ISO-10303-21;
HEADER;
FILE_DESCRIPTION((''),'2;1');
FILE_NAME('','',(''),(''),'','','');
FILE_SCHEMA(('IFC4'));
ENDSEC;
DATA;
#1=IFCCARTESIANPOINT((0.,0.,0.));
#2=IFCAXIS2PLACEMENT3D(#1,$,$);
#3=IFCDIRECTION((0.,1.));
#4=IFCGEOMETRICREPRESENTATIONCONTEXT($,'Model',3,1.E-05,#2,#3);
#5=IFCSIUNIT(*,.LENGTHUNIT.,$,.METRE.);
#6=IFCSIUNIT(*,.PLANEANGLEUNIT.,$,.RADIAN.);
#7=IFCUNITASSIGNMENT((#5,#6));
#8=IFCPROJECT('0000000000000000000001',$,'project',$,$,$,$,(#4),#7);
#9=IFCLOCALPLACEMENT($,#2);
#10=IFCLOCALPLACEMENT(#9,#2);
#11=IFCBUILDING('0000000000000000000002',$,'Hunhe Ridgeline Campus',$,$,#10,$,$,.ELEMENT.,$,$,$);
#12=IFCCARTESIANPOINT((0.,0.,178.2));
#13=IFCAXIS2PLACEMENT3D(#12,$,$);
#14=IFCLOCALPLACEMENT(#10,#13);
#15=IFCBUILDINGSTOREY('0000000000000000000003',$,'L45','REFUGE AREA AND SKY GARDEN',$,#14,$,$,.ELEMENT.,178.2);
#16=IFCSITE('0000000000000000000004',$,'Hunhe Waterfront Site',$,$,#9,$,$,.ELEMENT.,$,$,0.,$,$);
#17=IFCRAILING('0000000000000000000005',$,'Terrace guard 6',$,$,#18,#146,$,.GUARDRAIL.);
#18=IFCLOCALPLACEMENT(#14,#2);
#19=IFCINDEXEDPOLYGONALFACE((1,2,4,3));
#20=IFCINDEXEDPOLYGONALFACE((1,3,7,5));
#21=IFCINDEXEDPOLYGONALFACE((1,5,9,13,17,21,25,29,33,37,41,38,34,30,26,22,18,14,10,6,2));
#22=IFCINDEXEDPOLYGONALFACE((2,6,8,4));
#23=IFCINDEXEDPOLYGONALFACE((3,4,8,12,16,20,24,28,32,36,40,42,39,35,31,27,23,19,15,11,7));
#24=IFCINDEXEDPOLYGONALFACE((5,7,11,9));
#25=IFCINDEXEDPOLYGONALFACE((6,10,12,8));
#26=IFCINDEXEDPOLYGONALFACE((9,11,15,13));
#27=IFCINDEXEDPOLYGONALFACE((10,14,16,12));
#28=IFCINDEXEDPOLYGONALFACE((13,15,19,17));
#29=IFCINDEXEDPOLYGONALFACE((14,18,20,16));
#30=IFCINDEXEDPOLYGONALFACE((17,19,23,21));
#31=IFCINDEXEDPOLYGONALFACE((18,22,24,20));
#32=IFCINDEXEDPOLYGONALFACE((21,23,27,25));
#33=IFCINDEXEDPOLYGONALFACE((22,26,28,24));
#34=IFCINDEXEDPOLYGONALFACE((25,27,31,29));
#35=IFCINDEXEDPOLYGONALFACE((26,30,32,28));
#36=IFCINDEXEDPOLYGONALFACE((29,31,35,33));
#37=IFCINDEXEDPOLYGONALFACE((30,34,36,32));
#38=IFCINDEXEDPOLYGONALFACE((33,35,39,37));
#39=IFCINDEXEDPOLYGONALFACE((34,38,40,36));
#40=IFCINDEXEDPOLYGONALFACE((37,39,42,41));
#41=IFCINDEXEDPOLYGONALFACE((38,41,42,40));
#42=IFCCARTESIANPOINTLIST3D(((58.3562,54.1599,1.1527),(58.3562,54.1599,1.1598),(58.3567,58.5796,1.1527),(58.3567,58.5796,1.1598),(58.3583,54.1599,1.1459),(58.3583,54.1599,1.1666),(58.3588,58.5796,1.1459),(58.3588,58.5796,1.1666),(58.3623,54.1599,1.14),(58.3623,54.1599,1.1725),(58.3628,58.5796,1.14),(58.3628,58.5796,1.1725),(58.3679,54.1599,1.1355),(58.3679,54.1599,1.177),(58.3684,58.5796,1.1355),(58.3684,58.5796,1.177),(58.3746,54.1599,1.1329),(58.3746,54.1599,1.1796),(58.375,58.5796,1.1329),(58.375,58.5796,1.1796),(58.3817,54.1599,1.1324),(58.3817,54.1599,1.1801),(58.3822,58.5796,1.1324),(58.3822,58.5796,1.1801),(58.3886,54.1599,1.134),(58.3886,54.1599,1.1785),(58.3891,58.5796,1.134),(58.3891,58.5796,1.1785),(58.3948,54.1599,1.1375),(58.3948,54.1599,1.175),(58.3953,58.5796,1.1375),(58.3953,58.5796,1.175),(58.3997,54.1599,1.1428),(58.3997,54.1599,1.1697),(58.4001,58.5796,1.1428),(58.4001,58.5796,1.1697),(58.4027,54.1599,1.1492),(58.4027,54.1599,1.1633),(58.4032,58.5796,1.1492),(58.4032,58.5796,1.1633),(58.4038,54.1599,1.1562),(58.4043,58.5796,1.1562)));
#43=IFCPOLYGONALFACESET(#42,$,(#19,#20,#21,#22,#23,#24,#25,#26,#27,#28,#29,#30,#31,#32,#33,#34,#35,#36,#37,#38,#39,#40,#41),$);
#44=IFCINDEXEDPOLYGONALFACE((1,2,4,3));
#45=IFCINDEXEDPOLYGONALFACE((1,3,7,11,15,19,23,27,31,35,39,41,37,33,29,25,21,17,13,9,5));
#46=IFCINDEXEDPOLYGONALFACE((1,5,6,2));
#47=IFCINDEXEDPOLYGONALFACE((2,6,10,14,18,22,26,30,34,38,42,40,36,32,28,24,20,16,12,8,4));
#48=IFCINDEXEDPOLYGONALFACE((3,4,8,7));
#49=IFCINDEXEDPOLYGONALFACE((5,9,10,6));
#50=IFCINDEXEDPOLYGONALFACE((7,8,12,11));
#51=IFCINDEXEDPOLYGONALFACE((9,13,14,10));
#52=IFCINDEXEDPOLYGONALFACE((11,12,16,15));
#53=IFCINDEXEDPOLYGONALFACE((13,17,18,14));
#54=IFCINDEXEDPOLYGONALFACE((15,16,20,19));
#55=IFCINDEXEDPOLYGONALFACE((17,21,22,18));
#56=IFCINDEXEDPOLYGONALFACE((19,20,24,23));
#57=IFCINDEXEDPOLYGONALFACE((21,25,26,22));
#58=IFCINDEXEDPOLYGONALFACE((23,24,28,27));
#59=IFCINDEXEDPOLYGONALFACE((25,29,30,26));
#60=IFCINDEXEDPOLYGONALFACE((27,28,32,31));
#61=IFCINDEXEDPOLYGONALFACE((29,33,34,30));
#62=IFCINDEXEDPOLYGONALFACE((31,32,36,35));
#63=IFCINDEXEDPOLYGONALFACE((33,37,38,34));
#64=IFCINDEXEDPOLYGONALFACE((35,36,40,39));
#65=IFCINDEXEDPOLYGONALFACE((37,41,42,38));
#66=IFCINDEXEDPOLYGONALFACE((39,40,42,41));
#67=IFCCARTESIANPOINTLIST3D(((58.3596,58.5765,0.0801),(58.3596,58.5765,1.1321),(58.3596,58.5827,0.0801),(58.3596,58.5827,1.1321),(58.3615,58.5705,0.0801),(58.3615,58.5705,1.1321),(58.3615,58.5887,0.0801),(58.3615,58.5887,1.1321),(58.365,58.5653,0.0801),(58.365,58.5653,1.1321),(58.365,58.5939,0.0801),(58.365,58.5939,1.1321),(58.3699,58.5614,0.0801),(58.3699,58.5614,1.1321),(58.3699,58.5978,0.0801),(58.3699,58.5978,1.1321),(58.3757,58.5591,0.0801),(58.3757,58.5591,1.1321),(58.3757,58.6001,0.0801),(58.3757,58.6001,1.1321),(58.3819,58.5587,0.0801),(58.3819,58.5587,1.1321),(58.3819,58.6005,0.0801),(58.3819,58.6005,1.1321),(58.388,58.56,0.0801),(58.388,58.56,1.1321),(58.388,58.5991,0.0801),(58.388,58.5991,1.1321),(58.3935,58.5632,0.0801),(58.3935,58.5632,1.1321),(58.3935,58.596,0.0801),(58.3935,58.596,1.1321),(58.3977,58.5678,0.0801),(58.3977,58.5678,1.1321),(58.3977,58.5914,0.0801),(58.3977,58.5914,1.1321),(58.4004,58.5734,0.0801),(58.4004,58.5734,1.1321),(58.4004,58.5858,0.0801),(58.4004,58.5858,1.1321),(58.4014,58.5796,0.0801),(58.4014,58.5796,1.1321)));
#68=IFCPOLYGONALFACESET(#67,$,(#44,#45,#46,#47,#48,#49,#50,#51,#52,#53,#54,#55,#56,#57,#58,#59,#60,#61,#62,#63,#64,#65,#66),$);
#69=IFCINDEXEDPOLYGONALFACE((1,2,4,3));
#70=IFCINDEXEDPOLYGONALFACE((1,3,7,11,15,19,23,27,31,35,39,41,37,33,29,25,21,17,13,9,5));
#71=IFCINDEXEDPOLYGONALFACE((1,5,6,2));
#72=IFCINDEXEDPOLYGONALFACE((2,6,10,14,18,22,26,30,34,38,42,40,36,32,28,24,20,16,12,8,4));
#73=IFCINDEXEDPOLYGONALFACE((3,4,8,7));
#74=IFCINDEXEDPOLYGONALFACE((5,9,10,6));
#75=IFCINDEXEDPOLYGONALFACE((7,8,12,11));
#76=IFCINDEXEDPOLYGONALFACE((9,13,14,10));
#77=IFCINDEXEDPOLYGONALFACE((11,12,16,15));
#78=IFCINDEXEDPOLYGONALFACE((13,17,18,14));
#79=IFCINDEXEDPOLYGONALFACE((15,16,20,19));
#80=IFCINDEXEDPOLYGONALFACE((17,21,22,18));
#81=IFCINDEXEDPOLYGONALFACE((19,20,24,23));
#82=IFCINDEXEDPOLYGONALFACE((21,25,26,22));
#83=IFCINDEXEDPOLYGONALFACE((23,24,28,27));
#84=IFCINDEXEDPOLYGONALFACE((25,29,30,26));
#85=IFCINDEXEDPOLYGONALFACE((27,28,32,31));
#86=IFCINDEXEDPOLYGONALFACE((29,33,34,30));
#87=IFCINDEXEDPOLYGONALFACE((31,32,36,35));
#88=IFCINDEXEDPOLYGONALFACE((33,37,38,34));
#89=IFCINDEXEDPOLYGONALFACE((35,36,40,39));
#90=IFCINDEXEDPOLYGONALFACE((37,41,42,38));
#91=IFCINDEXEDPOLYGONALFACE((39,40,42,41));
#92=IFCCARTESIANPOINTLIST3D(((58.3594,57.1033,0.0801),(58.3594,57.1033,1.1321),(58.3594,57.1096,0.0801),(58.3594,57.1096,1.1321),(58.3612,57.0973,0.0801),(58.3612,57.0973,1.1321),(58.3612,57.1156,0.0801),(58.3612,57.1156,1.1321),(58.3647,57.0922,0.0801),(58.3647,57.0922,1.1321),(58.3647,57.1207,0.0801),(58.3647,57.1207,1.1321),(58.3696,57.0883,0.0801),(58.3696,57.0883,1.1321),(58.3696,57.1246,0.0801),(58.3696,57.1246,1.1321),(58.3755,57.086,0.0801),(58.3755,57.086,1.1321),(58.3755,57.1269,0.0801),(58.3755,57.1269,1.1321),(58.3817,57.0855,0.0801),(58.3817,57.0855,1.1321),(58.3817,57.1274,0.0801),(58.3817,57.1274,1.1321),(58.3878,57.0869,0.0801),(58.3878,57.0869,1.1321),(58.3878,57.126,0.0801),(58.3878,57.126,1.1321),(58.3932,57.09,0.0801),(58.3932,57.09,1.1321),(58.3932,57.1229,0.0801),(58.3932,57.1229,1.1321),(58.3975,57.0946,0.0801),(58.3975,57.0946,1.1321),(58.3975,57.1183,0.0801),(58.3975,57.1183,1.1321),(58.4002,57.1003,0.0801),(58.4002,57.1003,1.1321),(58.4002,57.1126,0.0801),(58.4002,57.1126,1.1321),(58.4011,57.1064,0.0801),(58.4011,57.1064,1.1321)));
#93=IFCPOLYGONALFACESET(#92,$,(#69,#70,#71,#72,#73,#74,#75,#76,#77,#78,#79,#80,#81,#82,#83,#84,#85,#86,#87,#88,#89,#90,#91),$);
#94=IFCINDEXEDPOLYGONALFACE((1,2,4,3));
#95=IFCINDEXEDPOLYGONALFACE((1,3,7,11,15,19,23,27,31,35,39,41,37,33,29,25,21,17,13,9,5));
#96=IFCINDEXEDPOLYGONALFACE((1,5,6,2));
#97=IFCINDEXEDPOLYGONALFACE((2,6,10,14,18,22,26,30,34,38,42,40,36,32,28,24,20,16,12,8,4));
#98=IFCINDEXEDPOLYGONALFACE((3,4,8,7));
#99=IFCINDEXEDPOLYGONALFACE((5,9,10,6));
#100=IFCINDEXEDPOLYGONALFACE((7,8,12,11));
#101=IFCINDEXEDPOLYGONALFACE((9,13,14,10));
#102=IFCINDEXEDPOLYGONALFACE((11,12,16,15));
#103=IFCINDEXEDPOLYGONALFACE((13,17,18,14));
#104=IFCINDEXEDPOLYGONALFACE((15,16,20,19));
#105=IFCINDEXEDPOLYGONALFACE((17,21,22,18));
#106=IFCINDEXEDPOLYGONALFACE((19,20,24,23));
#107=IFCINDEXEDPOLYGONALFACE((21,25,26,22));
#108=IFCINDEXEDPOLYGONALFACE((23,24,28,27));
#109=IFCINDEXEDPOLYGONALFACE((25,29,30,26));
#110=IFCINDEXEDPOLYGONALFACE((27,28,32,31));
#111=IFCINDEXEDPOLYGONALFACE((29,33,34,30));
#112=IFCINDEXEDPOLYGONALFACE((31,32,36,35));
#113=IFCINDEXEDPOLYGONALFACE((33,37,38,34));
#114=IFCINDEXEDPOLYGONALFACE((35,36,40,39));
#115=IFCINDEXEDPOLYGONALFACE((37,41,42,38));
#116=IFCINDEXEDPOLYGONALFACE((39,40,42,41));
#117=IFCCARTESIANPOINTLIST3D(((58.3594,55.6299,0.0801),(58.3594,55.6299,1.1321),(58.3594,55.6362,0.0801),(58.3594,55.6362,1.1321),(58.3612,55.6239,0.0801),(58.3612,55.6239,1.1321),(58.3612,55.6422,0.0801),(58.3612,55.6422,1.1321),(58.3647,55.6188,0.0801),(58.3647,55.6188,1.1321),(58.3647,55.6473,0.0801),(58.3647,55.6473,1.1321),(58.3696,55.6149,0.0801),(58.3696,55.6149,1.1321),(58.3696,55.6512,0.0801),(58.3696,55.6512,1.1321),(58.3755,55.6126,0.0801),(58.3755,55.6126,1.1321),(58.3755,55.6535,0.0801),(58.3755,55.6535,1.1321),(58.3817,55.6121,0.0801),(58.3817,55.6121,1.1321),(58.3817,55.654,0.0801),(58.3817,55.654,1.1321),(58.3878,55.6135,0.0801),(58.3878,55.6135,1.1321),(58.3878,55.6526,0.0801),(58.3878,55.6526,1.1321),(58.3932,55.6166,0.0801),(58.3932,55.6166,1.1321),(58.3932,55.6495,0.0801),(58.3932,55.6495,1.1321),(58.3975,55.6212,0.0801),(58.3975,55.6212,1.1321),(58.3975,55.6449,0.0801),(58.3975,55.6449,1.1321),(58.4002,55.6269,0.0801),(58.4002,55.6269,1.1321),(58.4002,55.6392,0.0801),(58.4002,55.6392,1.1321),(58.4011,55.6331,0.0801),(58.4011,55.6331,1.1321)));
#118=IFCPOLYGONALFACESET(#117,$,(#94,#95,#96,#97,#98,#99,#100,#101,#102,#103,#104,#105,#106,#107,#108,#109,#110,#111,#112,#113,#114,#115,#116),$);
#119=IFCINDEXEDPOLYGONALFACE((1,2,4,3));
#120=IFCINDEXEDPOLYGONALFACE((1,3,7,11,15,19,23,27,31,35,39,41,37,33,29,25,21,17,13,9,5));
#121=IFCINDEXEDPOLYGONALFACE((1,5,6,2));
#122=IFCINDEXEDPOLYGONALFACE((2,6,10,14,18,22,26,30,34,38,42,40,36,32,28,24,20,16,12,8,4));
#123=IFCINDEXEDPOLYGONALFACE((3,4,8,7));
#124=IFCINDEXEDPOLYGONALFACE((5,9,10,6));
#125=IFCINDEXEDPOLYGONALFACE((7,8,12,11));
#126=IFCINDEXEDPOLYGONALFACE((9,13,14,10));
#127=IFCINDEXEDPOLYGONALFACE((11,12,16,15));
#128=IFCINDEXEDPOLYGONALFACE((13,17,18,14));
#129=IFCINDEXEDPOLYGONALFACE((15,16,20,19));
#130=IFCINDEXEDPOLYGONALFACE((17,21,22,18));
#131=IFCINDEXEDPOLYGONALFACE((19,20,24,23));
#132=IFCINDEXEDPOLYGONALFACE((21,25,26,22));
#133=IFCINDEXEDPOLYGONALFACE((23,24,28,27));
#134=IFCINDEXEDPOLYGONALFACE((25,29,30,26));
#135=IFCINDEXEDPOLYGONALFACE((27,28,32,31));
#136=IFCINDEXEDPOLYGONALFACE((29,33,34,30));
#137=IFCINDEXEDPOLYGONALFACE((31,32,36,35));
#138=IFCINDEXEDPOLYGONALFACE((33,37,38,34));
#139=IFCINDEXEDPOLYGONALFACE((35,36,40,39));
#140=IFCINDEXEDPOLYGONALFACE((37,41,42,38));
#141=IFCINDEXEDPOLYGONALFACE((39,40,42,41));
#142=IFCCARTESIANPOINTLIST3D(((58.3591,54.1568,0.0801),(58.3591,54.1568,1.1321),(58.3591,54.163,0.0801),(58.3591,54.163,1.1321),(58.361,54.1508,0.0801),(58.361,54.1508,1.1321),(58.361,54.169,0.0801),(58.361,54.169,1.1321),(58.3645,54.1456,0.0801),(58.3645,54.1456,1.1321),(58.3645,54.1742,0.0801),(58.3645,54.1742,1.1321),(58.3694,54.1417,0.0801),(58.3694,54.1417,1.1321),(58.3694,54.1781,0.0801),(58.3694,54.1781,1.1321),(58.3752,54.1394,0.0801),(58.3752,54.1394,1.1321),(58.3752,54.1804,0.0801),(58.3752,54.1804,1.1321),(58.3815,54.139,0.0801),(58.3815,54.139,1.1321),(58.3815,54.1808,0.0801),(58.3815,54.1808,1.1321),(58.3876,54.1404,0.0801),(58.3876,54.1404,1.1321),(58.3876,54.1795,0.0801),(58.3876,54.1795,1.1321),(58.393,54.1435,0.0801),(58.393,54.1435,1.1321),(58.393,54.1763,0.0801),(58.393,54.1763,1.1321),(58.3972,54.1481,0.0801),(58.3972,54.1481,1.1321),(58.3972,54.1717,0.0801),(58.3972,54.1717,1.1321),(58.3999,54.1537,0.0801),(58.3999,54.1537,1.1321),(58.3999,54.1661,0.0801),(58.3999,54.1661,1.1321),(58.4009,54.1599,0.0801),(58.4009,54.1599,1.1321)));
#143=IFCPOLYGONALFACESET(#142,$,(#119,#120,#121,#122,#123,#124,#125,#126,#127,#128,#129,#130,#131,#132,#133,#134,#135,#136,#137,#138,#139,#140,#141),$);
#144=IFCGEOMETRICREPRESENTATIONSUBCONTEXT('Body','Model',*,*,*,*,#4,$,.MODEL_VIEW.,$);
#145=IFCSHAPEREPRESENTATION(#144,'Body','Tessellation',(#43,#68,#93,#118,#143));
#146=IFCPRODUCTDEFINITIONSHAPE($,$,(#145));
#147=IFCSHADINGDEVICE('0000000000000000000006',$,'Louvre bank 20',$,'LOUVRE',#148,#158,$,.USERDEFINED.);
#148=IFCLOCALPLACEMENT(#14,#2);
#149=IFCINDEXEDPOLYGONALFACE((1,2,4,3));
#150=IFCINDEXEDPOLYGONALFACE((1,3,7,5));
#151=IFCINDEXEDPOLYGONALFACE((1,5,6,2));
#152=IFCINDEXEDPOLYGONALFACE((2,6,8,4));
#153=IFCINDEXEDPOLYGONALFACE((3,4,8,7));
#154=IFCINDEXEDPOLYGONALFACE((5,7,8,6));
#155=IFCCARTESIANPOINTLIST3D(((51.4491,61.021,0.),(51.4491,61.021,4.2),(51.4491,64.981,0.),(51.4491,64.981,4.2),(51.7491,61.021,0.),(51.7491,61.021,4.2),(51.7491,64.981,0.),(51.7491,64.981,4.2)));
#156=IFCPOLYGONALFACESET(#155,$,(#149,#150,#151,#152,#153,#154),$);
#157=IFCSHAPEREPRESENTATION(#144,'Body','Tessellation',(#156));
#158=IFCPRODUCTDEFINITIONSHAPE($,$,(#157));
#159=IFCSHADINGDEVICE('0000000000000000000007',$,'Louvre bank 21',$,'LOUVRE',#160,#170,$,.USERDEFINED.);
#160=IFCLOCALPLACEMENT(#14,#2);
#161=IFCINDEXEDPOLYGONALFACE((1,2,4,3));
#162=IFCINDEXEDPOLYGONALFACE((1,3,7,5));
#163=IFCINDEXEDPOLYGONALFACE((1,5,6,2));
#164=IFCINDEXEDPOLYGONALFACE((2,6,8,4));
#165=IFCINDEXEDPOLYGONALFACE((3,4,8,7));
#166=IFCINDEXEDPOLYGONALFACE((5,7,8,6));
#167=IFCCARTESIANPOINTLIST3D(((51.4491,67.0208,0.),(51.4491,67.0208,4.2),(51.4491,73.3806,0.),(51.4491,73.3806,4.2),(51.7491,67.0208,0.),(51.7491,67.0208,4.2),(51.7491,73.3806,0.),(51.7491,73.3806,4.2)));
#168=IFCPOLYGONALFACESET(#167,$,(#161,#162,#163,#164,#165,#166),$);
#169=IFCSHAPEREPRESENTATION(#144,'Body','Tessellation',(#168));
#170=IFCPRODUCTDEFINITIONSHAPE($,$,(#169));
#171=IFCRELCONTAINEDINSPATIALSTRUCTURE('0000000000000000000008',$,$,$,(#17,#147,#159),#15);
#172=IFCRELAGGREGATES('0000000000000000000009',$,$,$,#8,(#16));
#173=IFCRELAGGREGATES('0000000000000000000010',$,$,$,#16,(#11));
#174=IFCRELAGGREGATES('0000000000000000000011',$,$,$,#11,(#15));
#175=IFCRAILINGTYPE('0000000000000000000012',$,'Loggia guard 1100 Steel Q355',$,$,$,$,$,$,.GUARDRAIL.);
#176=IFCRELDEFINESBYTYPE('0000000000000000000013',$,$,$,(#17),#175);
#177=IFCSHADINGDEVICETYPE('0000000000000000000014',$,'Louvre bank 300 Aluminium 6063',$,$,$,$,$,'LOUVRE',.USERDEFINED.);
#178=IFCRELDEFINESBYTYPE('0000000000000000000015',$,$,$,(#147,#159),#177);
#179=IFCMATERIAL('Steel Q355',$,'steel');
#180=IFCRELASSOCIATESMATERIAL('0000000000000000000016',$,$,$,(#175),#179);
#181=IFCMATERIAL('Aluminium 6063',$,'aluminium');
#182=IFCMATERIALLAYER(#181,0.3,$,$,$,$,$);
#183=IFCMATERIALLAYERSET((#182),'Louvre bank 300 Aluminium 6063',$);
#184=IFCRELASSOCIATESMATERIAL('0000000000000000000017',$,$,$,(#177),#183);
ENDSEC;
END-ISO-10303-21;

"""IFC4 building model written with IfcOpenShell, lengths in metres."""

from ifc_helpers import new_model, si_unit, direction, frame, origin, origin_2d, place, context, subcontext, project, spatial, rectangle, circle, extrude, material, layer, layer_set, type_object, element, save


model = new_model("IFC4")

# Units and contexts
model_context = context("Model", 3, precision=1e-05, world=origin(), true_north=direction((0.0, 1.0)))
body_context = subcontext(model_context, "Body", "Model", "MODEL_VIEW")
ifc_project = project(units=[si_unit("LENGTHUNIT", "METRE"), si_unit("PLANEANGLEUNIT", "RADIAN")], contexts=[model_context])

# Site, building, storey
site_placement = place(None, origin())
site = spatial("IfcSite", under=ifc_project, at=site_placement, Name="Hunhe Waterfront Site", CompositionType="ELEMENT", RefElevation=0.0)
building_placement = place(site_placement, origin())
building = spatial("IfcBuilding", under=site, at=building_placement, Name="Hunhe Ridgeline Campus", CompositionType="ELEMENT")
storey_placement = place(building_placement, frame((0.0, 0.0, 178.2)))
storey = spatial("IfcBuildingStorey", under=building, at=storey_placement, Name="L45", Description="REFUGE AREA AND SKY GARDEN", CompositionType="ELEMENT", Elevation=178.2)

# Shared definitions
ifc_material_1 = material(Name="Aluminium 6063", Category="aluminium")

# Railing
ifc_material_2 = material(Name="Steel Q355", Category="steel")
railing_type = type_object("IfcRailingType", Name="Loggia guard 1100 Steel Q355", PredefinedType="GUARDRAIL", material=ifc_material_2)
railing_1_placement = place(storey_placement, frame((58.3804, 58.5796, 0.0801)))
element("IfcRailing", 1, at=railing_1_placement, inside=storey, type_object=railing_type, Name="Terrace guard 6", PredefinedType="GUARDRAIL", context=body_context, shape_type="SweptSolid", body=[
    extrude(circle(Radius=0.0239, at=origin_2d()), frame((0.0, 0.0, 1.0762), z_axis=(-0.00011, -1.0, 0.0), x_axis=(1.0, -0.00011, 0.0)), (0.0, 0.0, 1.0), 4.4197),
    extrude(circle(Radius=0.021, at=origin_2d()), origin(), (0.0, 0.0, 1.0), 1.052),
    extrude(circle(Radius=0.021, at=origin_2d()), frame((-0.0002, -1.4731, 0.0)), (0.0, 0.0, 1.0), 1.052),
    extrude(circle(Radius=0.021, at=origin_2d()), frame((-0.0002, -2.9465, 0.0)), (0.0, 0.0, 1.0), 1.052),
    extrude(circle(Radius=0.021, at=origin_2d()), frame((-0.0005, -4.4197, 0.0)), (0.0, 0.0, 1.0), 1.052),
])

# Shading devices
ifc_layer_1 = layer(ifc_material_1, 0.3)
ifc_layer_set_1 = layer_set([ifc_layer_1], Name="Louvre bank 300 Aluminium 6063")
shading_device_type = type_object("IfcShadingDeviceType", Name="Louvre bank 300 Aluminium 6063", ElementType="LOUVRE", PredefinedType="USERDEFINED", material=ifc_layer_set_1)
shading_device_1_placement = place(storey_placement, frame((51.5991, 63.001, 0.0), z_axis=(0.0, 0.0, 1.0), x_axis=(0.0, 1.0, 0.0)))
element("IfcShadingDevice", 2, at=shading_device_1_placement, inside=storey, type_object=shading_device_type, Name="Louvre bank 20", ObjectType="LOUVRE", PredefinedType="USERDEFINED", context=body_context, shape_type="SweptSolid", body=[
    extrude(rectangle(XDim=3.96, YDim=0.3, at=origin_2d()), origin(), (0.0, 0.0, 1.0), 4.2),
])
shading_device_2_placement = place(storey_placement, frame((51.5991, 70.2007, 0.0), z_axis=(0.0, 0.0, 1.0), x_axis=(0.0, 1.0, 0.0)))
element("IfcShadingDevice", 3, at=shading_device_2_placement, inside=storey, type_object=shading_device_type, Name="Louvre bank 21", ObjectType="LOUVRE", PredefinedType="USERDEFINED", context=body_context, shape_type="SweptSolid", body=[
    extrude(rectangle(XDim=6.3599, YDim=0.3, at=origin_2d()), origin(), (0.0, 0.0, 1.0), 4.2),
])

save(model, "model.ifc")
